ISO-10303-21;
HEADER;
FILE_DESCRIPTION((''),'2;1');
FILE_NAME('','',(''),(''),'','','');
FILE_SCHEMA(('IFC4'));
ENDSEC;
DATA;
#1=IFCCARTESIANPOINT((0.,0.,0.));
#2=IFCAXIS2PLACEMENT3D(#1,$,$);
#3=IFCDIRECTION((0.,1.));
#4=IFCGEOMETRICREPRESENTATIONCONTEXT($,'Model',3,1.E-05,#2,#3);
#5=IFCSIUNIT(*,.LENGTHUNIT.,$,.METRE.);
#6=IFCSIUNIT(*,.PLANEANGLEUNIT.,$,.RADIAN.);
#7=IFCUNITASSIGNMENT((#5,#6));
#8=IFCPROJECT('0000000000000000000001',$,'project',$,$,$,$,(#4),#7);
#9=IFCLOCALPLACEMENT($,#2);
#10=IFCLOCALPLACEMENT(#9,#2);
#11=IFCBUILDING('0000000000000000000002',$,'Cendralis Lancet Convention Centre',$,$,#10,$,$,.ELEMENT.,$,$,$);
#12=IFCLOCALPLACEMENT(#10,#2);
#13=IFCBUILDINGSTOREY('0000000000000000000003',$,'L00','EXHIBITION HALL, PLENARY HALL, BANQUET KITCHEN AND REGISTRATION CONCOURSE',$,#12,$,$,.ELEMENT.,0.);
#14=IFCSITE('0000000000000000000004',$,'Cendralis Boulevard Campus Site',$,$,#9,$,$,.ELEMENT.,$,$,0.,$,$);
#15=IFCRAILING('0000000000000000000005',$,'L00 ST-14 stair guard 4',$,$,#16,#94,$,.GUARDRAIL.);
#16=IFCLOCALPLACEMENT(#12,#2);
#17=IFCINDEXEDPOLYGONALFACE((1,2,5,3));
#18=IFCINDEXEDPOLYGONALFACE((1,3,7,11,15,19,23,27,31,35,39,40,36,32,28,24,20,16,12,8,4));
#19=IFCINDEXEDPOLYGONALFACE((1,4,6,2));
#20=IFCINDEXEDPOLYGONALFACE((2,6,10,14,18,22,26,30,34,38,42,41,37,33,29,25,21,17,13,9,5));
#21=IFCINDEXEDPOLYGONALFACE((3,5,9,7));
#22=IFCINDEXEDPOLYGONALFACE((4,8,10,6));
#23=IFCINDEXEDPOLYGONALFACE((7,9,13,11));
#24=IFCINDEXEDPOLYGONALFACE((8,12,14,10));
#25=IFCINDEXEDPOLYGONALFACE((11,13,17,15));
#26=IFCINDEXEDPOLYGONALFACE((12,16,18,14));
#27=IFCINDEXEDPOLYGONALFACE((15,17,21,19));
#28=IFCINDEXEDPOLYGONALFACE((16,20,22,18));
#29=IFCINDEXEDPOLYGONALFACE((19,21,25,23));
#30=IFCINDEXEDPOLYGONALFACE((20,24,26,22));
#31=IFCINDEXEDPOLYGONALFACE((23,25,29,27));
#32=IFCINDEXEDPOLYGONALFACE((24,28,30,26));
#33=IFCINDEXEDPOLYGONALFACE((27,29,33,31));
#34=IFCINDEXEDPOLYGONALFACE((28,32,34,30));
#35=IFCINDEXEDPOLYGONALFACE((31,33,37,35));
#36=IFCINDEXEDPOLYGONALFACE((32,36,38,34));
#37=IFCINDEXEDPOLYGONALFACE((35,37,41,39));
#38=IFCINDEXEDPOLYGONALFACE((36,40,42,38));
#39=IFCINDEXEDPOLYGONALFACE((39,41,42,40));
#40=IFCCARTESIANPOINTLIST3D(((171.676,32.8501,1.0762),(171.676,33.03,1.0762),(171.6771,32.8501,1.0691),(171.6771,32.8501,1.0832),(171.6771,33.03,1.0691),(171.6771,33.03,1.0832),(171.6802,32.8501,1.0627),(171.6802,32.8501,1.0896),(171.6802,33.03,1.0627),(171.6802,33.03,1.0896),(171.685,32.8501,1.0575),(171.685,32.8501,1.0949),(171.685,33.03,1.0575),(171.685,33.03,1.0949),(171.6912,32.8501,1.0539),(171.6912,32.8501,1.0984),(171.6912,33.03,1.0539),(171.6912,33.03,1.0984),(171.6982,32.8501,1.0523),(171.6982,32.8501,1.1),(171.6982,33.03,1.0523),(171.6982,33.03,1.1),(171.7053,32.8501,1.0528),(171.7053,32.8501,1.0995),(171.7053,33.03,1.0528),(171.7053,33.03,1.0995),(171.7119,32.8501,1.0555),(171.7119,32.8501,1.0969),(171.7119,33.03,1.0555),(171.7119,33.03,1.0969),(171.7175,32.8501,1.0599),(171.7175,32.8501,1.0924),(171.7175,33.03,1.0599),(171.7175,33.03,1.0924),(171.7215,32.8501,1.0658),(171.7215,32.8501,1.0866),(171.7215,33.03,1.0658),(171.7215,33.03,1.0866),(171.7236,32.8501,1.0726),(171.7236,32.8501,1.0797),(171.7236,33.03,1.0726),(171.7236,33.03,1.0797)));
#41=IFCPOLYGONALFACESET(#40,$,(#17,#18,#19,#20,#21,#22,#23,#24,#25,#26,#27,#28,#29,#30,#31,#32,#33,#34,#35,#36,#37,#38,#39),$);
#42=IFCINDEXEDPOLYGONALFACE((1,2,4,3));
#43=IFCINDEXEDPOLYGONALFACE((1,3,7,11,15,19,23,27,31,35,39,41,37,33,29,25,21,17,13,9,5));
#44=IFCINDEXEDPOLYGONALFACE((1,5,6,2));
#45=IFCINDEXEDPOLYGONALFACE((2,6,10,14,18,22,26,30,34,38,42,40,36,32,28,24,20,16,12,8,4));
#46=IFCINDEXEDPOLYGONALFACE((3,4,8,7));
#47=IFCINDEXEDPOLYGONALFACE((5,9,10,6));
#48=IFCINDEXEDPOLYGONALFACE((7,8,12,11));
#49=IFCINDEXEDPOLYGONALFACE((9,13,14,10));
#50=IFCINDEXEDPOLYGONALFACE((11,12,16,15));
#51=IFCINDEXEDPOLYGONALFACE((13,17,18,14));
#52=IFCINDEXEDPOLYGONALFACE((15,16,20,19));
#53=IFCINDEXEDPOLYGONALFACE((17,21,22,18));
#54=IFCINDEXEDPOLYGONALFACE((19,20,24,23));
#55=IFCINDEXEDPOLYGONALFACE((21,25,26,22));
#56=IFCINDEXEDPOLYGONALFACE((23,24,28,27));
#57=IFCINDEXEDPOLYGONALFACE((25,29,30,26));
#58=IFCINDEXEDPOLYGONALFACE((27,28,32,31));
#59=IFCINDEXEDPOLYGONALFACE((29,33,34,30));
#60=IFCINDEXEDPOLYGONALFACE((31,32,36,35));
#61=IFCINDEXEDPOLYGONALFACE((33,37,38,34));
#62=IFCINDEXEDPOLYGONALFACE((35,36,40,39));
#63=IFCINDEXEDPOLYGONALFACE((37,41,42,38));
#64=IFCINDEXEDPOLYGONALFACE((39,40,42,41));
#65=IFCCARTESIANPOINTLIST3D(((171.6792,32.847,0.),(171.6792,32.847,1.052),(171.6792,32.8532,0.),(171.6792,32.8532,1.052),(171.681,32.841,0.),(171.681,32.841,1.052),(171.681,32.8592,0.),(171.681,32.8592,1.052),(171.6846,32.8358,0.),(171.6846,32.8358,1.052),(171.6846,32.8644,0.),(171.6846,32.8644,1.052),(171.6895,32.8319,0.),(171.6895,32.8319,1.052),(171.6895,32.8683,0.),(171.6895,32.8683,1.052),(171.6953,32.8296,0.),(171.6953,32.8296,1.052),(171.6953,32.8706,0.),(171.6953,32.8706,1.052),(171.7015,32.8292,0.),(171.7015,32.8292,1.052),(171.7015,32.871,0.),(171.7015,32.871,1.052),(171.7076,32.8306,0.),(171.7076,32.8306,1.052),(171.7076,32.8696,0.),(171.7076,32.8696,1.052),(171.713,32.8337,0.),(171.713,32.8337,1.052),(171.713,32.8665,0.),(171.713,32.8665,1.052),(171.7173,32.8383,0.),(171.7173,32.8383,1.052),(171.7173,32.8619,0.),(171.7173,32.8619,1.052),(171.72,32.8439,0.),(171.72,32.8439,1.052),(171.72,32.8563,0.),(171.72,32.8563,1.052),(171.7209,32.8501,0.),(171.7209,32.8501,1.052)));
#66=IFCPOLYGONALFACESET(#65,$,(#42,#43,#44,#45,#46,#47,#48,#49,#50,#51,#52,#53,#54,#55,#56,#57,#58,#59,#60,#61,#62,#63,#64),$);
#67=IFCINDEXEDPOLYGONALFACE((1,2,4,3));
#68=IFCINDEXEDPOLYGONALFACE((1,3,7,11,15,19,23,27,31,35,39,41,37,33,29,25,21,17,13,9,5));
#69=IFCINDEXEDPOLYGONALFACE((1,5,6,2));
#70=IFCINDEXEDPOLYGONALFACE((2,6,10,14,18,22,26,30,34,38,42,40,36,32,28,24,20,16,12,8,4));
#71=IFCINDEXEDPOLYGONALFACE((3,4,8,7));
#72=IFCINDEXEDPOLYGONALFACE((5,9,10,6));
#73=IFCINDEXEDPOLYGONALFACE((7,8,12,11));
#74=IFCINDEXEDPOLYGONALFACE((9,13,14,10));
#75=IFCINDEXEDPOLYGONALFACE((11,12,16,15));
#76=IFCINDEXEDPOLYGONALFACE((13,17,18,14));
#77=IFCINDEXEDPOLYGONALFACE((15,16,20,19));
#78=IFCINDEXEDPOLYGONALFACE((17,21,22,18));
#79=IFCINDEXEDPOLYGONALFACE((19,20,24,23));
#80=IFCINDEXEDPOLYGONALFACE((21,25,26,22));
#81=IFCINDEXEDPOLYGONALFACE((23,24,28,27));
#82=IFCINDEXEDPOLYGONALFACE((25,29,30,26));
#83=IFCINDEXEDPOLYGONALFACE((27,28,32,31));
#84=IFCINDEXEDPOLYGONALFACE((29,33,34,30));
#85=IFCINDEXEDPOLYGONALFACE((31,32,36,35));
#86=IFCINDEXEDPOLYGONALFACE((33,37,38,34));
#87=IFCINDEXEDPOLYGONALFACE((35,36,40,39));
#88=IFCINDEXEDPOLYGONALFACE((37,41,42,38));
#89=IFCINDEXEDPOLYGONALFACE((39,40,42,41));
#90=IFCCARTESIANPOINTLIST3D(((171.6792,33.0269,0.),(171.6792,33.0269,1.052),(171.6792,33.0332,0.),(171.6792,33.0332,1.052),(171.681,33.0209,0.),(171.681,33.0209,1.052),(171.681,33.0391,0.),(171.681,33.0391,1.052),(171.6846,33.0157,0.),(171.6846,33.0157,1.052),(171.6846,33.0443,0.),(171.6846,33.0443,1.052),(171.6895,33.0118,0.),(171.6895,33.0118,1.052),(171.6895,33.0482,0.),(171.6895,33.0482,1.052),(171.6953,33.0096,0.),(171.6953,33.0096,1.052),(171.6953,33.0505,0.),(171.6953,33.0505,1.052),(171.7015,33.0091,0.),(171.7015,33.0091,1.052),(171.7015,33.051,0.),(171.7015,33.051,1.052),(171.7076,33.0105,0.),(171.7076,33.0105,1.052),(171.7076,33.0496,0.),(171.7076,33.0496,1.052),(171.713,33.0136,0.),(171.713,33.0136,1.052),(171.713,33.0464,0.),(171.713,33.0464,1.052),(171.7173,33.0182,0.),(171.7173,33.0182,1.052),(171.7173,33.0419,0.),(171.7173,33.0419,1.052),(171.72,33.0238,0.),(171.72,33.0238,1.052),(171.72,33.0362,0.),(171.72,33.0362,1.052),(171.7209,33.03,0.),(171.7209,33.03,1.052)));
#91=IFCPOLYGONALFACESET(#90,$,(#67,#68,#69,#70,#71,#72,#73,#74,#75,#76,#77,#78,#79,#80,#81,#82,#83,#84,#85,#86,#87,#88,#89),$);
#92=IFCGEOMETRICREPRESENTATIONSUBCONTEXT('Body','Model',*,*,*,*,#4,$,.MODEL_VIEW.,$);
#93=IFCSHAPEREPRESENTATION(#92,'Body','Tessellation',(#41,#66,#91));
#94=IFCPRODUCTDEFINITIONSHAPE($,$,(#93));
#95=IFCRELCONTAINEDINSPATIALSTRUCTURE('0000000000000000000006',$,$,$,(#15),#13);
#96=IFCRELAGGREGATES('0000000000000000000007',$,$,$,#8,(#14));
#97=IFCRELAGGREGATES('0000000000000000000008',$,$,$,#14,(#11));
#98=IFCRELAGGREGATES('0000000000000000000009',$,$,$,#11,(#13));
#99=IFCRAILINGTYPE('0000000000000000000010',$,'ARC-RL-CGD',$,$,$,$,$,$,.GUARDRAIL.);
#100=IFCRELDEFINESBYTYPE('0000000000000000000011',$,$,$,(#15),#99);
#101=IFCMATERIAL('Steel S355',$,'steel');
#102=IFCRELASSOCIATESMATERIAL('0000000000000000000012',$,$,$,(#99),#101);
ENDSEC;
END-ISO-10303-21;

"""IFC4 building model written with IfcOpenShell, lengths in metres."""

from ifc_helpers import new_model, si_unit, direction, frame, origin, origin_2d, place, context, subcontext, project, spatial, circle, extrude, material, type_object, element, save


model = new_model("IFC4")

# Units and contexts
model_context = context("Model", 3, precision=1e-05, world=origin(), true_north=direction((0.0, 1.0)))
body_context = subcontext(model_context, "Body", "Model", "MODEL_VIEW")
ifc_project = project(units=[si_unit("LENGTHUNIT", "METRE"), si_unit("PLANEANGLEUNIT", "RADIAN")], contexts=[model_context])

# Site, building, storey
site_placement = place(None, origin())
site = spatial("IfcSite", under=ifc_project, at=site_placement, Name="Cendralis Boulevard Campus Site", CompositionType="ELEMENT", RefElevation=0.0)
building_placement = place(site_placement, origin())
building = spatial("IfcBuilding", under=site, at=building_placement, Name="Cendralis Lancet Convention Centre", CompositionType="ELEMENT")
storey_placement = place(building_placement, origin())
storey = spatial("IfcBuildingStorey", under=building, at=storey_placement, Name="L00", Description="EXHIBITION HALL, PLENARY HALL, BANQUET KITCHEN AND REGISTRATION CONCOURSE", CompositionType="ELEMENT", Elevation=0.0)

# Shared definitions
ifc_material_1 = material(Name="Steel S355", Category="steel")

# Railing
railing_type_1 = type_object("IfcRailingType", Name="ARC-RL-CGD", PredefinedType="GUARDRAIL", material=ifc_material_1)
railing_1_placement = place(storey_placement, frame((171.7, 32.8501, 0.0)))
element("IfcRailing", 1, at=railing_1_placement, inside=storey, type_object=railing_type_1, Name="L00 ST-14 stair guard 4", PredefinedType="GUARDRAIL", context=body_context, shape_type="SweptSolid", body=[
    extrude(circle(Radius=0.0239, at=origin_2d()), frame((0.0, 0.0, 1.0762), z_axis=(0.0, 1.0, 0.0), x_axis=(-1.0, 0.0, 0.0)), (0.0, 0.0, 1.0), 0.1799),
    extrude(circle(Radius=0.021, at=origin_2d()), origin(), (0.0, 0.0, 1.0), 1.052),
    extrude(circle(Radius=0.021, at=origin_2d()), frame((0.0, 0.1799, 0.0)), (0.0, 0.0, 1.0), 1.052),
])

save(model, "model.ifc")
